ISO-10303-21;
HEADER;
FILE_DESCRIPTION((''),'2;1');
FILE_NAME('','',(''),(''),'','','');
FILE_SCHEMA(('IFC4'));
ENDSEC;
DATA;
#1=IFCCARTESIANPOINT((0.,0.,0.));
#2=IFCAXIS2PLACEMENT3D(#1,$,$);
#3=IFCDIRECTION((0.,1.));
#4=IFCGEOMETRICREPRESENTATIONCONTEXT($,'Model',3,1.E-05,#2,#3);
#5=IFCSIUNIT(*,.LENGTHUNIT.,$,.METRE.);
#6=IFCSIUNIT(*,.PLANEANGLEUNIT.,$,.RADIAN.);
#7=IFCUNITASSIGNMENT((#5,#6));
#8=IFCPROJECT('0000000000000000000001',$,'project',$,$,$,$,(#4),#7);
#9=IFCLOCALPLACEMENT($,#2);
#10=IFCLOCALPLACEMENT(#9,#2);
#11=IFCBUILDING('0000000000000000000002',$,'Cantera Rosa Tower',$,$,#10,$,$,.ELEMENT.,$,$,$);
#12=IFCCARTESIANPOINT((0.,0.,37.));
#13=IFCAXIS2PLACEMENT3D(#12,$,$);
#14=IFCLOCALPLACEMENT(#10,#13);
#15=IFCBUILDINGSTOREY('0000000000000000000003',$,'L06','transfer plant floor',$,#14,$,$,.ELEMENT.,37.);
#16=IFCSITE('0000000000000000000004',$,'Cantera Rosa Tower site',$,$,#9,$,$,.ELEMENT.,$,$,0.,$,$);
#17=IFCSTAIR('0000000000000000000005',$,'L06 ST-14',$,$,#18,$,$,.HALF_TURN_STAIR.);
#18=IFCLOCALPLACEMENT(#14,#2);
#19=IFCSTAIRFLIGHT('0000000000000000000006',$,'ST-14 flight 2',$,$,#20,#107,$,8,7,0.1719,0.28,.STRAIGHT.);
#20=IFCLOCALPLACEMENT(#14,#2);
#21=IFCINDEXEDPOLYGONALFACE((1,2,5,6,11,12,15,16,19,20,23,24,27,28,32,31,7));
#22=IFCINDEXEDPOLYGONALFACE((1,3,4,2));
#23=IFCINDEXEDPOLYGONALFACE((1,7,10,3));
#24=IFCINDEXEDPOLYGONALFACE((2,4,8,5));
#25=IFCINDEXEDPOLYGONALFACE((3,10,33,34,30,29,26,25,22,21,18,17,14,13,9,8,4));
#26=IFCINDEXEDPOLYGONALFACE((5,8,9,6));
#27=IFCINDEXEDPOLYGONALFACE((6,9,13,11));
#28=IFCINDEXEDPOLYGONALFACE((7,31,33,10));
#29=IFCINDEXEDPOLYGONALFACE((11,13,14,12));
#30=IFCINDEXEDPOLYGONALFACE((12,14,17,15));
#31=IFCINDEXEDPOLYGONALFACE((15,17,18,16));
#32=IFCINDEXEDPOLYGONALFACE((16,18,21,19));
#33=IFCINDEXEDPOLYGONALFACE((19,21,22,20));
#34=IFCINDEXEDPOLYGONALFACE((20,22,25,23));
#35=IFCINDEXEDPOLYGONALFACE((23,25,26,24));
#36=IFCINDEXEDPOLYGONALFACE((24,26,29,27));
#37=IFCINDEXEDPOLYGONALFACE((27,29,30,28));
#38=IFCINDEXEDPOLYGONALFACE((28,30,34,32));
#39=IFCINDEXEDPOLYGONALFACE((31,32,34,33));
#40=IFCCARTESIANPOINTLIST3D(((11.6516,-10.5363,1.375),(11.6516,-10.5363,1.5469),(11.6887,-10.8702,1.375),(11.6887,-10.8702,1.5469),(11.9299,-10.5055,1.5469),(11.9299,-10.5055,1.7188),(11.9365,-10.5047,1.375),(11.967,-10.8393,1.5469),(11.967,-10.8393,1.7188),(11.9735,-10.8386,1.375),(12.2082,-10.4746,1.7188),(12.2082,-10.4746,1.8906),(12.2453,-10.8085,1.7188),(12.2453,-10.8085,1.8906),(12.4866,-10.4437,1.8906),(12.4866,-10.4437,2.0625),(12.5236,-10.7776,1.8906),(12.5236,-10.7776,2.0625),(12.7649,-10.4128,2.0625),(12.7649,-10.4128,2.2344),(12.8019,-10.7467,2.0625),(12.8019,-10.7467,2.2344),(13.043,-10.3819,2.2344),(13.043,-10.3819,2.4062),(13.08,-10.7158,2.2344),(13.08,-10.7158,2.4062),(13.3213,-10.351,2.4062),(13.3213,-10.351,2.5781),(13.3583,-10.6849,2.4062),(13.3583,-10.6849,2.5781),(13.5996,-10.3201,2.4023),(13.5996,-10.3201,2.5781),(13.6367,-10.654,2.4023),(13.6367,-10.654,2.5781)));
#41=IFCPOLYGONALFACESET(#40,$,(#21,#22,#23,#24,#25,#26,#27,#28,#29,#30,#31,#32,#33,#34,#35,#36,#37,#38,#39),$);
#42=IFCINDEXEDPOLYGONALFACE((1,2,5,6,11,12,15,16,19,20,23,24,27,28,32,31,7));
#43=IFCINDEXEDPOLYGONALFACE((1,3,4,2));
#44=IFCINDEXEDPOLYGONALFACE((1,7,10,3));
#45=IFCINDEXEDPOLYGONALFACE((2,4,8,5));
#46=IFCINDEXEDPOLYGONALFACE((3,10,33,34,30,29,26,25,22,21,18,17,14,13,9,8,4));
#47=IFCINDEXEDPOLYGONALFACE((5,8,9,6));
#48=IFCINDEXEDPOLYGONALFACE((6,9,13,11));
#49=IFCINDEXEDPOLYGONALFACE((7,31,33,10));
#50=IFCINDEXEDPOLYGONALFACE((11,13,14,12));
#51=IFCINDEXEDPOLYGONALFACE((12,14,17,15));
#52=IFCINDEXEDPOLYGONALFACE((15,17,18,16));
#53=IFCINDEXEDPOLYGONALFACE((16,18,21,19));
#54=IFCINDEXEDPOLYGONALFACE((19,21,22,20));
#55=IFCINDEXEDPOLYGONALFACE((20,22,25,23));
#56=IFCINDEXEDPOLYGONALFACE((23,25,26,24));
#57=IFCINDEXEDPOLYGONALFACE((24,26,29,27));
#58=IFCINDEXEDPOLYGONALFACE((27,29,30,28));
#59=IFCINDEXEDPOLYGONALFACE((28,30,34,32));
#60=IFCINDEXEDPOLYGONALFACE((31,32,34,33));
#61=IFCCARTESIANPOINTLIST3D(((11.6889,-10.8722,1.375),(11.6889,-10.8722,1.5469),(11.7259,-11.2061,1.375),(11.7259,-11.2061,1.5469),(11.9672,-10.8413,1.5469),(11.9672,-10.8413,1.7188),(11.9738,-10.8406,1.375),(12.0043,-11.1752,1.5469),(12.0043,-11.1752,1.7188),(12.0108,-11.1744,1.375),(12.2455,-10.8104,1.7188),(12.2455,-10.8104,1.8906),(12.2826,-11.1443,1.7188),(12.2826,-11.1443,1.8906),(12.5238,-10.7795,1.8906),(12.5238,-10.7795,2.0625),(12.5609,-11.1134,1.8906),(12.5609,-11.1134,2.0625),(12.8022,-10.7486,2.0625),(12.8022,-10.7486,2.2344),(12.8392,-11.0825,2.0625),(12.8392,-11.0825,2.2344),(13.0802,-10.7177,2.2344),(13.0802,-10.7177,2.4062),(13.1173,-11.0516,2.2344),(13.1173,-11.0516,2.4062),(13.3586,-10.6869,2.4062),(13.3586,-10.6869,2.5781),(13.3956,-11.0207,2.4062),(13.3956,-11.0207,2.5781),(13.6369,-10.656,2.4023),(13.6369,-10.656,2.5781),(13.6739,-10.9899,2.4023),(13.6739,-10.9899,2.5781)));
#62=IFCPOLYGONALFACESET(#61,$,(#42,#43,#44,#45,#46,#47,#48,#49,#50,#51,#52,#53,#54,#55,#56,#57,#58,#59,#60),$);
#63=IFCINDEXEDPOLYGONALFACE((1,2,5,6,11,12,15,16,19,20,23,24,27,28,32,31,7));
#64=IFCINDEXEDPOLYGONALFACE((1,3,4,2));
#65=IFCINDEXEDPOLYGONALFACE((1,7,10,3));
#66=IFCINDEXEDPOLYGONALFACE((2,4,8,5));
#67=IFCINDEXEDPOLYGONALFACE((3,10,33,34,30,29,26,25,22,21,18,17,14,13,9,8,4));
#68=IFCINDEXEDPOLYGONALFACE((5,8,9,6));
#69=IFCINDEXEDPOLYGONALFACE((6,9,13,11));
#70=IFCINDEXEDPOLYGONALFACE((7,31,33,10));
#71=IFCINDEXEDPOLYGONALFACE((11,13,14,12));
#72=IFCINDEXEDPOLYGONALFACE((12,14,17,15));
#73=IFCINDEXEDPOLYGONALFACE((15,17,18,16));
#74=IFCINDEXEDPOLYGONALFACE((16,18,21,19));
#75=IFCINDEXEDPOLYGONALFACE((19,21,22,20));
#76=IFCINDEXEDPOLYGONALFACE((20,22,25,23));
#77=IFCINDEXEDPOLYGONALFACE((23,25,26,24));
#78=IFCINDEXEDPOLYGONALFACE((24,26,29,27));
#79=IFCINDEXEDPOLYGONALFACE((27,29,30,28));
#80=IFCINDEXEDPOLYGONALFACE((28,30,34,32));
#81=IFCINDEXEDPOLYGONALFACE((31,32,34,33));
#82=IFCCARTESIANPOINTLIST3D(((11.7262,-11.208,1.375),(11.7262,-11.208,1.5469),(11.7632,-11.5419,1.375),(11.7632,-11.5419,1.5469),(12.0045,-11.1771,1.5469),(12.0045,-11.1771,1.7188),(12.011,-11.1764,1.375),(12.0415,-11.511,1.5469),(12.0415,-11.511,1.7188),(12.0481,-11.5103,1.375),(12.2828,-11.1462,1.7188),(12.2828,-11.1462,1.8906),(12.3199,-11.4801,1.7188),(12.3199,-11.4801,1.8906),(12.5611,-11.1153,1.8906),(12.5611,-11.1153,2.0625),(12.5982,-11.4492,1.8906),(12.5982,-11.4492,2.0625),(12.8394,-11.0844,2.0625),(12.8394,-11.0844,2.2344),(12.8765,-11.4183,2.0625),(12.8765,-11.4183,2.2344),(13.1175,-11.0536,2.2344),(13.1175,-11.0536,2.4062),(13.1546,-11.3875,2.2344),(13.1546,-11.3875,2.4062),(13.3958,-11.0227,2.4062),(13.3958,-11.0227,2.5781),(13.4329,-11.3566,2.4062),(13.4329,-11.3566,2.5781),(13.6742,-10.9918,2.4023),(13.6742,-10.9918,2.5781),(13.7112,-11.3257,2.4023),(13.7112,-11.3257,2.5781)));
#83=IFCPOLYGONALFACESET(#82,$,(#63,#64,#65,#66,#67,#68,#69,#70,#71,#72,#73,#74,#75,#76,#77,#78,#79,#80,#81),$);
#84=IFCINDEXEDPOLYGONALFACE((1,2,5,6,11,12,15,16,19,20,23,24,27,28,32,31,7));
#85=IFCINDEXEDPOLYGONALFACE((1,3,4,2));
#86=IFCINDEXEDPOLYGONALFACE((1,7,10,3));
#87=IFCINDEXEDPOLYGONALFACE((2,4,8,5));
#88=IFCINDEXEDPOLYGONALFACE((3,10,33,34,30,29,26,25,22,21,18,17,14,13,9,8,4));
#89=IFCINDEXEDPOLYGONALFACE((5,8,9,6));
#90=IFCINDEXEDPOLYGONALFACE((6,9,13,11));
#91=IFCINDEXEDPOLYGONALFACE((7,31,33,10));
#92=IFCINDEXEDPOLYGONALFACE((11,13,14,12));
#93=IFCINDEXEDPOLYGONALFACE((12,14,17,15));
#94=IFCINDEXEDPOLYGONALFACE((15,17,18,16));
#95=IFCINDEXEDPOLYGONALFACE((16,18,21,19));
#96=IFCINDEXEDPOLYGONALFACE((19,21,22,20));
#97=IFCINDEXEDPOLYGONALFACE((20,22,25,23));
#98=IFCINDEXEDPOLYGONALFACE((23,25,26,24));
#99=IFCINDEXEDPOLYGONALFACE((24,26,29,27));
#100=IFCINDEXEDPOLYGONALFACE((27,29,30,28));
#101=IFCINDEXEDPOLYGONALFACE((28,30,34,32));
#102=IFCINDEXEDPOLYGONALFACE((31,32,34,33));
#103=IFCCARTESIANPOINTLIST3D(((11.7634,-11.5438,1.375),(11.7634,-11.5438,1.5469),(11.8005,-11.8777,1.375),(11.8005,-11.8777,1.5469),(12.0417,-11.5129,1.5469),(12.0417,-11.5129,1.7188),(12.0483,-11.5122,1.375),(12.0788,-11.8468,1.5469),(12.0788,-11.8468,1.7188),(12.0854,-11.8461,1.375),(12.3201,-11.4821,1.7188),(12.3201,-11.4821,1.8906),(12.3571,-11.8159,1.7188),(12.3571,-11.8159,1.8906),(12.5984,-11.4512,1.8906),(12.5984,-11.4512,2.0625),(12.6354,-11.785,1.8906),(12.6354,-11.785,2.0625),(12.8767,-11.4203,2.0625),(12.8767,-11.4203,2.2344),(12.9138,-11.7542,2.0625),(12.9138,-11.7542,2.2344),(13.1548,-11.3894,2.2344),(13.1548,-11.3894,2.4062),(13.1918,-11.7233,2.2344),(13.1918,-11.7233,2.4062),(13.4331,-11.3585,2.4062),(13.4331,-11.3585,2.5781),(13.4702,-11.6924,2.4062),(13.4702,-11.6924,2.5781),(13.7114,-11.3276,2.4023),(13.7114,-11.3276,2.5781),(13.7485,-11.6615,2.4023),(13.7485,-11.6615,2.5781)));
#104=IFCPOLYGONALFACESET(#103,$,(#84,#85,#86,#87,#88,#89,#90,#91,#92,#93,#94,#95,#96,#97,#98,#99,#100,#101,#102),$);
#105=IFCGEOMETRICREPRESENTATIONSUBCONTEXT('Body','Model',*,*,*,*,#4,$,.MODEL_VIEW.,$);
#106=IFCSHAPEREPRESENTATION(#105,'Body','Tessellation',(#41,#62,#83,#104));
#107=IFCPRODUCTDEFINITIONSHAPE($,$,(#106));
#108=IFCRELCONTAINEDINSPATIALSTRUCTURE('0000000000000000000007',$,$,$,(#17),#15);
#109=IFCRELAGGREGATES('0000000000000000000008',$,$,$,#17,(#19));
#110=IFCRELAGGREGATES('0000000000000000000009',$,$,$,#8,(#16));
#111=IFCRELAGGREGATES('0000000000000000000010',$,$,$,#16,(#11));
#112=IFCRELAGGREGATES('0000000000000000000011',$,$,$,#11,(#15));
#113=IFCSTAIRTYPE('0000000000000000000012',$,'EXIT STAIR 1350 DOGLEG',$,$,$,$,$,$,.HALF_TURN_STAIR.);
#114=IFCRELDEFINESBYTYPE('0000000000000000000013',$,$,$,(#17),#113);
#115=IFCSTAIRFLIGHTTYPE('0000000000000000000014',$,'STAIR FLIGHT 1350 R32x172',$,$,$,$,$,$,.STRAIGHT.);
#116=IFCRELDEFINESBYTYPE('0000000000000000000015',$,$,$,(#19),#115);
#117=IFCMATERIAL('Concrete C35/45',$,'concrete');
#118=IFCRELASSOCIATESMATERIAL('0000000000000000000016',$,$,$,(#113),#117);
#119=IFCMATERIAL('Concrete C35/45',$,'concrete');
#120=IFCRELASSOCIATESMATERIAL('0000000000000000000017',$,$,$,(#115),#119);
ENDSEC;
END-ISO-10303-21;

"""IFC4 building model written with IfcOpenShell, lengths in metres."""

from ifc_helpers import new_model, si_unit, direction, frame, origin, place, context, subcontext, project, spatial, polyline, outline, extrude, material, type_object, element, aggregate, save


model = new_model("IFC4")

# Units and contexts
model_context = context("Model", 3, precision=1e-05, world=origin(), true_north=direction((0.0, 1.0)))
body_context = subcontext(model_context, "Body", "Model", "MODEL_VIEW")
ifc_project = project(units=[si_unit("LENGTHUNIT", "METRE"), si_unit("PLANEANGLEUNIT", "RADIAN")], contexts=[model_context])

# Site, building, storey
site_placement = place(None, origin())
site = spatial("IfcSite", under=ifc_project, at=site_placement, Name="Cantera Rosa Tower site", CompositionType="ELEMENT", RefElevation=0.0)
building_placement = place(site_placement, origin())
building = spatial("IfcBuilding", under=site, at=building_placement, Name="Cantera Rosa Tower", CompositionType="ELEMENT")
storey_placement = place(building_placement, frame((0.0, 0.0, 37.0)))
storey = spatial("IfcBuildingStorey", under=building, at=storey_placement, Name="L06", Description="transfer plant floor", CompositionType="ELEMENT", Elevation=37.0)

# Stair, stair flight
ifc_material_1 = material(Name="Concrete C35/45", Category="concrete")
stair_type = type_object("IfcStairType", Name="EXIT STAIR 1350 DOGLEG", PredefinedType="HALF_TURN_STAIR", material=ifc_material_1)
stair_placement = place(storey_placement, origin())
stair = element("IfcStair", 1, at=stair_placement, inside=storey, type_object=stair_type, Name="L06 ST-14", PredefinedType="HALF_TURN_STAIR")
ifc_material_2 = material(Name="Concrete C35/45", Category="concrete")
stair_flight_type = type_object("IfcStairFlightType", Name="STAIR FLIGHT 1350 R32x172", PredefinedType="STRAIGHT", material=ifc_material_2)
stair_flight_1_placement = place(storey_placement, frame((11.7261, -11.2073, 1.375), z_axis=(0.0, 0.0, 1.0), x_axis=(0.993897, 0.110313, 0.0)))
stair_flight_1 = element("IfcStairFlight", 2, at=stair_flight_1_placement, type_object=stair_flight_type, Name="ST-14 flight 2", NumberOfRisers=8, NumberOfTreads=7, PredefinedType="STRAIGHT", RiserHeight=0.1719, TreadLength=0.28, context=body_context, shape_type="SweptSolid", body=[
    extrude(outline(polyline([(0.0, 0.0), (0.0, 0.1719), (0.28, 0.1719), (0.28, 0.3438), (0.5601, 0.3438), (0.5601, 0.5156), (0.8401, 0.5156), (0.8401, 0.6875), (1.1201, 0.6875), (1.1201, 0.8594), (1.3999, 0.8594), (1.3999, 1.0312), (1.6799, 1.0312), (1.6799, 1.2031), (1.96, 1.2031), (1.96, 1.375), (1.96, 1.0273), (0.2866, 0.0), (0.0, 0.0)])), frame((0.0, 0.675, 0.0), z_axis=(0.0, -1.0, 0.0), x_axis=(1.0, 0.0, 0.0)), (0.0, 0.0, 1.0), 0.3359),
    extrude(outline(polyline([(0.0, 0.0), (0.0, 0.1719), (0.28, 0.1719), (0.28, 0.3438), (0.5601, 0.3438), (0.5601, 0.5156), (0.8401, 0.5156), (0.8401, 0.6875), (1.1201, 0.6875), (1.1201, 0.8594), (1.3999, 0.8594), (1.3999, 1.0312), (1.6799, 1.0312), (1.6799, 1.2031), (1.96, 1.2031), (1.96, 1.375), (1.96, 1.0273), (0.2866, 0.0), (0.0, 0.0)])), frame((0.0, 0.3372, 0.0), z_axis=(0.0, -1.0, 0.0), x_axis=(1.0, 0.0, 0.0)), (0.0, 0.0, 1.0), 0.3359),
    extrude(outline(polyline([(0.0, 0.0), (0.0, 0.1719), (0.28, 0.1719), (0.28, 0.3438), (0.5601, 0.3438), (0.5601, 0.5156), (0.8401, 0.5156), (0.8401, 0.6875), (1.1201, 0.6875), (1.1201, 0.8594), (1.3999, 0.8594), (1.3999, 1.0312), (1.6799, 1.0312), (1.6799, 1.2031), (1.96, 1.2031), (1.96, 1.375), (1.96, 1.0273), (0.2866, 0.0), (0.0, 0.0)])), frame((0.0, -0.0007, 0.0), z_axis=(0.0, -1.0, 0.0), x_axis=(1.0, 0.0, 0.0)), (0.0, 0.0, 1.0), 0.3359),
    extrude(outline(polyline([(0.0, 0.0), (0.0, 0.1719), (0.28, 0.1719), (0.28, 0.3438), (0.5601, 0.3438), (0.5601, 0.5156), (0.8401, 0.5156), (0.8401, 0.6875), (1.1201, 0.6875), (1.1201, 0.8594), (1.3999, 0.8594), (1.3999, 1.0312), (1.6799, 1.0312), (1.6799, 1.2031), (1.96, 1.2031), (1.96, 1.375), (1.96, 1.0273), (0.2866, 0.0), (0.0, 0.0)])), frame((0.0, -0.3386, 0.0), z_axis=(0.0, -1.0, 0.0), x_axis=(1.0, 0.0, 0.0)), (0.0, 0.0, 1.0), 0.3359),
])
aggregate(stair, [stair_flight_1])

save(model, "model.ifc")
